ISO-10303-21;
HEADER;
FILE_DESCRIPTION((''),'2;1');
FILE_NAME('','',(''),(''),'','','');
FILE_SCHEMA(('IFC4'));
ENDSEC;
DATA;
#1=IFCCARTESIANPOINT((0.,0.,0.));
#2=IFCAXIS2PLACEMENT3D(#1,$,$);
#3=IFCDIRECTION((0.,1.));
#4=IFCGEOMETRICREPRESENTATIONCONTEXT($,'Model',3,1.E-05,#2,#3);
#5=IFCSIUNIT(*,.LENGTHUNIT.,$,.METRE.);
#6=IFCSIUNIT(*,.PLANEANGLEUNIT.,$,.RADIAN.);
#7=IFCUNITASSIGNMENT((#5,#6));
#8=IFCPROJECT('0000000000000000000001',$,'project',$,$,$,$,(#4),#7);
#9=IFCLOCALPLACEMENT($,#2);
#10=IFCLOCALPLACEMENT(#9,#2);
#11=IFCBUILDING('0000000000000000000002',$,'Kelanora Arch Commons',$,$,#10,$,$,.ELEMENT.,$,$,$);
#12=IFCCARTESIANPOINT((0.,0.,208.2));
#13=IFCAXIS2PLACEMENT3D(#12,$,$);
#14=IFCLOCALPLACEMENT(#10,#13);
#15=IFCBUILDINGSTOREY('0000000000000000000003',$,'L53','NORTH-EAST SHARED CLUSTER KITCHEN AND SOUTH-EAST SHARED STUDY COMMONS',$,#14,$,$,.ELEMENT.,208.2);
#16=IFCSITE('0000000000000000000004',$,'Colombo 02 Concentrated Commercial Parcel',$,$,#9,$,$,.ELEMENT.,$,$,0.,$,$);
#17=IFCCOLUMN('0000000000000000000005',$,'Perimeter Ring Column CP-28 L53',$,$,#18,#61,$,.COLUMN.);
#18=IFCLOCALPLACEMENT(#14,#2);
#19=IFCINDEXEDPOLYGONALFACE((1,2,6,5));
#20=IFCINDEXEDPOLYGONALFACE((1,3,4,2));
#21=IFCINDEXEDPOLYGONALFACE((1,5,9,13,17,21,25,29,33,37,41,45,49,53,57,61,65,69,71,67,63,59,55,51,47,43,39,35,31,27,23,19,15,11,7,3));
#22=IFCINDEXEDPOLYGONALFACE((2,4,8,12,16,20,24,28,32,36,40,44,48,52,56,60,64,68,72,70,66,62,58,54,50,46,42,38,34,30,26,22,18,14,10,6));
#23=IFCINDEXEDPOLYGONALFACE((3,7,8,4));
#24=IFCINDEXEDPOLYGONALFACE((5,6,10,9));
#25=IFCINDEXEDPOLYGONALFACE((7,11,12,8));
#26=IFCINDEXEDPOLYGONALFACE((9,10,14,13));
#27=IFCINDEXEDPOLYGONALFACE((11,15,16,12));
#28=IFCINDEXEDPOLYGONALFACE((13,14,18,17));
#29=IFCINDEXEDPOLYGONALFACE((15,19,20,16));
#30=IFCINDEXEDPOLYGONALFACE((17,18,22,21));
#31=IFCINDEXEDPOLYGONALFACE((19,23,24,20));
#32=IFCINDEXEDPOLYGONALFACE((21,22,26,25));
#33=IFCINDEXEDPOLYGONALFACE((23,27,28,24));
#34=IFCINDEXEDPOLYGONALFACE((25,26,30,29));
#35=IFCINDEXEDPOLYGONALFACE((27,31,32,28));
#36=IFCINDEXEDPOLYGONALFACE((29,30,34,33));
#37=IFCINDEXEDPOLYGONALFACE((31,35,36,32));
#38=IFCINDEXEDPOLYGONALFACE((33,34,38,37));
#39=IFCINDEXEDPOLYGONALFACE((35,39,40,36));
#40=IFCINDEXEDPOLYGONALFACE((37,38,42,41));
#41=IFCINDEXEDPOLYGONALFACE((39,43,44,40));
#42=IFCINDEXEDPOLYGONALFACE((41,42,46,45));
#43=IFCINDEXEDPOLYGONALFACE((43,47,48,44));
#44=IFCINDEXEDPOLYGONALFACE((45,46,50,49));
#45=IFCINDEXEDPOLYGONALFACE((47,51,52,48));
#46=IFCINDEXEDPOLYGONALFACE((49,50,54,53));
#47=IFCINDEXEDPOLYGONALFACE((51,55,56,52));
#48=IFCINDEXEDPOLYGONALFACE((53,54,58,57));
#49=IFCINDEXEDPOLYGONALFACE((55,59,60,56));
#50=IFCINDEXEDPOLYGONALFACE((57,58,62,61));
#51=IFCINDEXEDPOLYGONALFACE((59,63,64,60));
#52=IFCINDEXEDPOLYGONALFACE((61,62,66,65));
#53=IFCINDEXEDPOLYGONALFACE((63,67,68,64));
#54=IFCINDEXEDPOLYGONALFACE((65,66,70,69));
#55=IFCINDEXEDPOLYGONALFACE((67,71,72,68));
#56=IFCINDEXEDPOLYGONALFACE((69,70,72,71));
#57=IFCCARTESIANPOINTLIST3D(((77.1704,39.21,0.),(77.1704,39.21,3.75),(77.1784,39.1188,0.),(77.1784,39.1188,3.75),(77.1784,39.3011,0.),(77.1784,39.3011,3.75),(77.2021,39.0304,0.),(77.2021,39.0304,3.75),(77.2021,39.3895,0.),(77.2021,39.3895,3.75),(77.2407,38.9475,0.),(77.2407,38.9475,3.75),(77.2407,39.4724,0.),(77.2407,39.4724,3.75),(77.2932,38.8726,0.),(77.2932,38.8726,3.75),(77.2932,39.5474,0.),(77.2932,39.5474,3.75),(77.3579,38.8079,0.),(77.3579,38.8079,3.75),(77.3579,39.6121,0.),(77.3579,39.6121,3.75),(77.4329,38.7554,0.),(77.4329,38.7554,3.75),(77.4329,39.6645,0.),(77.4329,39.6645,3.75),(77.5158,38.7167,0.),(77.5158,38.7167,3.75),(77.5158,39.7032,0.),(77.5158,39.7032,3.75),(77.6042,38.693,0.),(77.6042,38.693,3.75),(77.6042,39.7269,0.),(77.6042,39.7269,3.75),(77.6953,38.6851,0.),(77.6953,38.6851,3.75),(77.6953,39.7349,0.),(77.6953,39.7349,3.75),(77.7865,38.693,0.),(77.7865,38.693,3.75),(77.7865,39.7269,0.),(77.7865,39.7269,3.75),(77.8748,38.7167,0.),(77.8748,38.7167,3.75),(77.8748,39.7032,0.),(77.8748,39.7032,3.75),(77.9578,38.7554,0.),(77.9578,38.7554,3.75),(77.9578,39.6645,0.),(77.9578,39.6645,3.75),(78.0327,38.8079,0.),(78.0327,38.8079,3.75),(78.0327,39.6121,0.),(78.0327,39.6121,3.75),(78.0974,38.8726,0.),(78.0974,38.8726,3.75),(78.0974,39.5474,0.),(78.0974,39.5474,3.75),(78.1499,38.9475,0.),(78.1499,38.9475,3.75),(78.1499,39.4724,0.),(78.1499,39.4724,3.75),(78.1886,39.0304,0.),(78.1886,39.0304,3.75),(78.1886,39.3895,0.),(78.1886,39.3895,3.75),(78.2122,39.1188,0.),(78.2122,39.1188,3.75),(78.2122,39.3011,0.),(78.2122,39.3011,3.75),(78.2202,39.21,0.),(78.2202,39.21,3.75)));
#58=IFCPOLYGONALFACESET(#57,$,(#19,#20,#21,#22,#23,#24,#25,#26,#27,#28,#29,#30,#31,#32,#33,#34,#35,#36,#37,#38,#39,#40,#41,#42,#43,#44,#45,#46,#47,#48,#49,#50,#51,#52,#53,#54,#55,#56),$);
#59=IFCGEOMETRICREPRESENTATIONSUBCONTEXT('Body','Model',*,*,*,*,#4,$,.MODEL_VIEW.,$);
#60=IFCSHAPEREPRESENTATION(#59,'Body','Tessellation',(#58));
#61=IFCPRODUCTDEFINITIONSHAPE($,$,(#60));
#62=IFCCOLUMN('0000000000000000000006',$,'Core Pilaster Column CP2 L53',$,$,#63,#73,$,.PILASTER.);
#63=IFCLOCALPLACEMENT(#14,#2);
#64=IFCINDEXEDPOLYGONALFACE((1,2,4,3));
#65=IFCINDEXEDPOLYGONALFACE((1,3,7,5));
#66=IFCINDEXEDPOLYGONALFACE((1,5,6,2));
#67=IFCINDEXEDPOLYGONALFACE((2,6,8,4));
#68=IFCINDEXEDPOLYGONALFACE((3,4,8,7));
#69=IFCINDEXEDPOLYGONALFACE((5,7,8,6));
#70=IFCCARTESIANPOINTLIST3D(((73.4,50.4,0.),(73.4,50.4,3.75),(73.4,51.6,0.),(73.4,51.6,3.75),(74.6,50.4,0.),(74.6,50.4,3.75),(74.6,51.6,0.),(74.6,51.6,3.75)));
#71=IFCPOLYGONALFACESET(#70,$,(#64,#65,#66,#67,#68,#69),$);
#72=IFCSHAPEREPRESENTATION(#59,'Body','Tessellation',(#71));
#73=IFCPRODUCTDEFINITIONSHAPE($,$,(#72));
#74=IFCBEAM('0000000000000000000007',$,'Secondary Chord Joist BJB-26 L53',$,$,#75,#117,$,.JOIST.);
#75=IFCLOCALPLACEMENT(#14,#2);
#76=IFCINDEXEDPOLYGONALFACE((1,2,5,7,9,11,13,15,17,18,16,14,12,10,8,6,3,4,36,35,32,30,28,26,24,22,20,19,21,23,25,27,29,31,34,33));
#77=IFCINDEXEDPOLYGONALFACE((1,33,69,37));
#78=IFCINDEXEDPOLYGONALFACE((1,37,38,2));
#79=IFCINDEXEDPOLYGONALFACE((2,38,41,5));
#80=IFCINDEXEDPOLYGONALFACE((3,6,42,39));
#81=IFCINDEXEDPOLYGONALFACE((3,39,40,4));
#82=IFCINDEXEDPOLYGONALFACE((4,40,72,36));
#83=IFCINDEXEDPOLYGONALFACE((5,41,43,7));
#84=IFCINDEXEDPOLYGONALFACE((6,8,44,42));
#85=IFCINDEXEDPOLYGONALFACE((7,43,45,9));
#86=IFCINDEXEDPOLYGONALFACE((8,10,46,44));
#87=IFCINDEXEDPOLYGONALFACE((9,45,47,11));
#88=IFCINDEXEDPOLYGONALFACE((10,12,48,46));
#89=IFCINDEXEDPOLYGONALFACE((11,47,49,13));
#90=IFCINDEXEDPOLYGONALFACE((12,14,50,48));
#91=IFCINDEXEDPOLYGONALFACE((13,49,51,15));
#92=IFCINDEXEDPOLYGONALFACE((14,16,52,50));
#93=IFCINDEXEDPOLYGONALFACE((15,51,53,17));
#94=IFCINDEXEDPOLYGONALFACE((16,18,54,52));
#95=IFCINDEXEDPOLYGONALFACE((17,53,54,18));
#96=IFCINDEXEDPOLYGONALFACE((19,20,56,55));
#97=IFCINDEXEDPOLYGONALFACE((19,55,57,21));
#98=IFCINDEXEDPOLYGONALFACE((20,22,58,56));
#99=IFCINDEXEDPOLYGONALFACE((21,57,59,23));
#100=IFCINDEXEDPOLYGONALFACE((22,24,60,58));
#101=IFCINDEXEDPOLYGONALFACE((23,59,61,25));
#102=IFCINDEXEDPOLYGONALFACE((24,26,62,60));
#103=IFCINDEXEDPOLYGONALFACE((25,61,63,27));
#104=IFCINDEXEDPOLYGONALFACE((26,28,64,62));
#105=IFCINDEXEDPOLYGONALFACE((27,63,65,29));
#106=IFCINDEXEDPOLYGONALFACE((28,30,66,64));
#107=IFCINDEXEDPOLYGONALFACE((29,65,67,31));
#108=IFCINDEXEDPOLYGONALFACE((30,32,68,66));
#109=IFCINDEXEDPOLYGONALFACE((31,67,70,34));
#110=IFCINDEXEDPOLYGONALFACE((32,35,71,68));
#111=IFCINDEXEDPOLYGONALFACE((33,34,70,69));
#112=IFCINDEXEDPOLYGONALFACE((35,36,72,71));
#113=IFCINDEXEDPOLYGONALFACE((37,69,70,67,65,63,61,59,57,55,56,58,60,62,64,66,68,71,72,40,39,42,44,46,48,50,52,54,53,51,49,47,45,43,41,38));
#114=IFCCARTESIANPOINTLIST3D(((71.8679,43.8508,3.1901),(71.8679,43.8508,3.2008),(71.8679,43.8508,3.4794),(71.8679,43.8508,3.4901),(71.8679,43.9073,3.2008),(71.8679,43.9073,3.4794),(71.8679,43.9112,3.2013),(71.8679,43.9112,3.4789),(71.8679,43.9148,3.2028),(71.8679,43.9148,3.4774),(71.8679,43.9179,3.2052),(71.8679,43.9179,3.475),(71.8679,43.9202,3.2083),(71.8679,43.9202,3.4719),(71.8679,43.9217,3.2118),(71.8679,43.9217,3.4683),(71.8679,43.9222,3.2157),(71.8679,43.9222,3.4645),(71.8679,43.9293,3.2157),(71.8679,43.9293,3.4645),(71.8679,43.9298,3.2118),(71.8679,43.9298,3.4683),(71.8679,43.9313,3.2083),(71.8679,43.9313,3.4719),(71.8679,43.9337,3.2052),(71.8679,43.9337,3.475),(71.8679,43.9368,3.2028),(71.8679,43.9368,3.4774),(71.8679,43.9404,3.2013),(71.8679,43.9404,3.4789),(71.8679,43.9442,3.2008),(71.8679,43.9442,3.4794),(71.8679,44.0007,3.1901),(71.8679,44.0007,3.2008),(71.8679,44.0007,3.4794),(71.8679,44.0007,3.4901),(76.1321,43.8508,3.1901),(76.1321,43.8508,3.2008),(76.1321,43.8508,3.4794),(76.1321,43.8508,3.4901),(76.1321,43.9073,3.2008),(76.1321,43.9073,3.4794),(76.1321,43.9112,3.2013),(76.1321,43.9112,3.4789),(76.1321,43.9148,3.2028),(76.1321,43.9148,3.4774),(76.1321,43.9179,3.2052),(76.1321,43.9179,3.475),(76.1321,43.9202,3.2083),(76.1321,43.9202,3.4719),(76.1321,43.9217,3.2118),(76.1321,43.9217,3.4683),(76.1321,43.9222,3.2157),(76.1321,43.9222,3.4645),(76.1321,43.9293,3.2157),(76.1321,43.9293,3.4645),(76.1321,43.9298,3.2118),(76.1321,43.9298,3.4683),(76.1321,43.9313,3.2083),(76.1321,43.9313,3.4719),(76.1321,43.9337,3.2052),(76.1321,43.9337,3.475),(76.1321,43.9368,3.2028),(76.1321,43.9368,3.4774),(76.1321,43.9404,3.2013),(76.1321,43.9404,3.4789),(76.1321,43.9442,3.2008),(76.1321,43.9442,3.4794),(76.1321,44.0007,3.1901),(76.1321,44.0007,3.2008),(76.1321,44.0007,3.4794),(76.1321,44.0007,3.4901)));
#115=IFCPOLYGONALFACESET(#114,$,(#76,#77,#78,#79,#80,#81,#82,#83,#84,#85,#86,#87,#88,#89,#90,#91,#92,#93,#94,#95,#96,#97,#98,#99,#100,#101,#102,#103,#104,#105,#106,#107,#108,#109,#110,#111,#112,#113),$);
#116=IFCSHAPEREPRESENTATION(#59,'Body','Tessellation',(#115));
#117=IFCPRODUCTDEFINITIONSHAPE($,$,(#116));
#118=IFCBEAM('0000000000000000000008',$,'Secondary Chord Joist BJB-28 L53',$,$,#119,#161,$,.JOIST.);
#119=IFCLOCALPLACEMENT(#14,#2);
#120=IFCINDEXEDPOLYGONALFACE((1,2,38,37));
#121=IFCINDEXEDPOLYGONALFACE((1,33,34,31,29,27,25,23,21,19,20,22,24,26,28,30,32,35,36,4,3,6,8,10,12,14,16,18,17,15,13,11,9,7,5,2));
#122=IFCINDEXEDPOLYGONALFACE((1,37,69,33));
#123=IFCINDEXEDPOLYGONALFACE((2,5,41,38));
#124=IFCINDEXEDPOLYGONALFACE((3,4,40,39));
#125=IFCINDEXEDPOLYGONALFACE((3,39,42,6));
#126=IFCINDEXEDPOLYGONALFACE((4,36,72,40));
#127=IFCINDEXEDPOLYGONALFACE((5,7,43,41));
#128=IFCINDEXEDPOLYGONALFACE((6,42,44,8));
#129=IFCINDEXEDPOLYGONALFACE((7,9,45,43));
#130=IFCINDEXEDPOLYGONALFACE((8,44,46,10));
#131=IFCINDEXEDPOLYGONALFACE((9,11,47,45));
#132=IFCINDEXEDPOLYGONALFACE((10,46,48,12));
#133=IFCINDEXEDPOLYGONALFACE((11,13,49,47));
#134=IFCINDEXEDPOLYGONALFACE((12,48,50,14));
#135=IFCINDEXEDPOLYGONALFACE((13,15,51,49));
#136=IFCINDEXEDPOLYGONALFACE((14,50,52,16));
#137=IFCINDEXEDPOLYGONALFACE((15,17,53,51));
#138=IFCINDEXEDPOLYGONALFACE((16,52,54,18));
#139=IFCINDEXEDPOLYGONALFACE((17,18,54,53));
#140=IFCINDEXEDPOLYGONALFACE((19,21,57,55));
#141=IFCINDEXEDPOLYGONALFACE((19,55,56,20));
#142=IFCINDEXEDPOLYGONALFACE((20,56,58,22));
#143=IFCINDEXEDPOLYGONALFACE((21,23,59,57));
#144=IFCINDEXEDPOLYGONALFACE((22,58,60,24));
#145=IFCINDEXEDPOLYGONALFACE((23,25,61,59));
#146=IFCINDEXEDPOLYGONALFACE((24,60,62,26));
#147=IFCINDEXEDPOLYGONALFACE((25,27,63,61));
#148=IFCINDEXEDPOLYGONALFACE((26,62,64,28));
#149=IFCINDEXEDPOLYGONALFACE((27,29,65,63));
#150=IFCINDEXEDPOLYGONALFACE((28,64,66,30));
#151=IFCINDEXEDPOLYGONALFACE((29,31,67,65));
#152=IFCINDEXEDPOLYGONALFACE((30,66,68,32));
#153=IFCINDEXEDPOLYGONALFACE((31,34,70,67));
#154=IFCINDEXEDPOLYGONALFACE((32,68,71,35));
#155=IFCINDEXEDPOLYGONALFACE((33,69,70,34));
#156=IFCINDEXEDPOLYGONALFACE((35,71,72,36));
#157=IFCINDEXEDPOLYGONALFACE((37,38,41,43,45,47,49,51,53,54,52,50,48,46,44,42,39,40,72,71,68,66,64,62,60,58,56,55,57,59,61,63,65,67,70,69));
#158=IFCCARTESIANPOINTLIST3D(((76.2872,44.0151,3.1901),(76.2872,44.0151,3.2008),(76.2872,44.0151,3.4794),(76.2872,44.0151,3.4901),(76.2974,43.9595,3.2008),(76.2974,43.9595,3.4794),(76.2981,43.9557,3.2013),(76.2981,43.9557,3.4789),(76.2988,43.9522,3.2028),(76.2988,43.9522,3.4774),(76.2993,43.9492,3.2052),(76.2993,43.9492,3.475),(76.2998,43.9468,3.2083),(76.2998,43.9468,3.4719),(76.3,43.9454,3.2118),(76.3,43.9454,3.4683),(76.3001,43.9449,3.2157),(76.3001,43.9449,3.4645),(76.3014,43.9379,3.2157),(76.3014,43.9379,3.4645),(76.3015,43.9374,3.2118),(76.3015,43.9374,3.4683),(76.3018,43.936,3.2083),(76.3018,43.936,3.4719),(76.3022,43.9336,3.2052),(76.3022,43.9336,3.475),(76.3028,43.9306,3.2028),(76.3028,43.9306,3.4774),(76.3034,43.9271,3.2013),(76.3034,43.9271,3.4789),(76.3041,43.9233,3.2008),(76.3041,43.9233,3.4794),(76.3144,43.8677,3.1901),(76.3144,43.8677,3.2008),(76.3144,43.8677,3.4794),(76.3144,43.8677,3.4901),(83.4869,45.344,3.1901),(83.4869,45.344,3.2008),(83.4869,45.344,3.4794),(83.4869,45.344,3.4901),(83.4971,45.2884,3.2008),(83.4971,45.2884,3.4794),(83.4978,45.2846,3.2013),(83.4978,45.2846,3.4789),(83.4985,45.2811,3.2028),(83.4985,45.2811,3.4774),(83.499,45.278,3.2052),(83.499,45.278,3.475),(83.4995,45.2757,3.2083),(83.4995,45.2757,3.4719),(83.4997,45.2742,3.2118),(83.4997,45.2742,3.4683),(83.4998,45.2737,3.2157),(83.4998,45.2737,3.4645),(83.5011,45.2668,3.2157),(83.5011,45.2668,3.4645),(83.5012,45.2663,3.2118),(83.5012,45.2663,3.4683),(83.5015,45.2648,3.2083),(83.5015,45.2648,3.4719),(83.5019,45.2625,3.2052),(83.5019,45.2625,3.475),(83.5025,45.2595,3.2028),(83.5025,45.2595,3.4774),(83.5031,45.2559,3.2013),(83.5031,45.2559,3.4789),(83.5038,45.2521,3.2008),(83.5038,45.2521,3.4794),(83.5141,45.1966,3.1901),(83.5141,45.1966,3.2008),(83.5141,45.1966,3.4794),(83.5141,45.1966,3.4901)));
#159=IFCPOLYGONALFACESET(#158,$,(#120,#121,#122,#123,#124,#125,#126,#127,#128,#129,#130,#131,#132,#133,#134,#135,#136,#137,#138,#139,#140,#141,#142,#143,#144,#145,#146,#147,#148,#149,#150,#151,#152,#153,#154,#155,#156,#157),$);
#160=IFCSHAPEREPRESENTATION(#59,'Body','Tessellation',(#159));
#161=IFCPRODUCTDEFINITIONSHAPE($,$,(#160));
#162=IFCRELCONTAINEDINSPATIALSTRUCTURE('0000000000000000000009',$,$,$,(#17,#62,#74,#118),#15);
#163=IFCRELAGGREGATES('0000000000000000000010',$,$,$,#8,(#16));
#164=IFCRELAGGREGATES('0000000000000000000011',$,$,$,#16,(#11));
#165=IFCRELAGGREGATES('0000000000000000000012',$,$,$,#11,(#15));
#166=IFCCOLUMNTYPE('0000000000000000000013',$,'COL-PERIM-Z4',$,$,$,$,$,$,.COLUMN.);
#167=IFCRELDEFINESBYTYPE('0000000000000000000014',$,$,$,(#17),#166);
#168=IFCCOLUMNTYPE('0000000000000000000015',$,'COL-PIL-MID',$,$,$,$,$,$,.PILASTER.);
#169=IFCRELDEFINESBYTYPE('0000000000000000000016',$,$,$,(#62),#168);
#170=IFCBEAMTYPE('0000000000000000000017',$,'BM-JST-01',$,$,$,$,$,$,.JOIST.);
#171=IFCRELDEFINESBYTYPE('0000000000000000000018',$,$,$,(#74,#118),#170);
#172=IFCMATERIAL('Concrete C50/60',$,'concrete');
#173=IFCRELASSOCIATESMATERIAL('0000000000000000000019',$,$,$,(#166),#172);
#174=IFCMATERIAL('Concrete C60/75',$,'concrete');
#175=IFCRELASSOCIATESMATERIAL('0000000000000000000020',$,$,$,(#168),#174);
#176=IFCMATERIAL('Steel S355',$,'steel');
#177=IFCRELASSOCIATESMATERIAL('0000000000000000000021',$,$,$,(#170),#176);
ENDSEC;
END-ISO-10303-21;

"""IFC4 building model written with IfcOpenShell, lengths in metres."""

from ifc_helpers import new_model, si_unit, direction, frame, origin, origin_2d, place, context, subcontext, project, spatial, rectangle, circle, i_section, extrude, material, material_profile, profile_set, type_object, element, save


model = new_model("IFC4")

# Units and contexts
model_context = context("Model", 3, precision=1e-05, world=origin(), true_north=direction((0.0, 1.0)))
body_context = subcontext(model_context, "Body", "Model", "MODEL_VIEW")
ifc_project = project(units=[si_unit("LENGTHUNIT", "METRE"), si_unit("PLANEANGLEUNIT", "RADIAN")], contexts=[model_context])

# Site, building, storey
site_placement = place(None, origin())
site = spatial("IfcSite", under=ifc_project, at=site_placement, Name="Colombo 02 Concentrated Commercial Parcel", CompositionType="ELEMENT", RefElevation=0.0)
building_placement = place(site_placement, origin())
building = spatial("IfcBuilding", under=site, at=building_placement, Name="Kelanora Arch Commons", CompositionType="ELEMENT")
storey_placement = place(building_placement, frame((0.0, 0.0, 208.2)))
storey = spatial("IfcBuildingStorey", under=building, at=storey_placement, Name="L53", Description="NORTH-EAST SHARED CLUSTER KITCHEN AND SOUTH-EAST SHARED STUDY COMMONS", CompositionType="ELEMENT", Elevation=208.2)

# Columns
ifc_material_1 = material(Name="Concrete C50/60", Category="concrete")
ifc_material_profile_1 = material_profile(ifc_material_1, circle(Radius=0.5249, at=origin_2d()), Name="RCC1050")
ifc_profile_set_1 = profile_set([ifc_material_profile_1], Name="Concrete C50/60")
column_type_1 = type_object("IfcColumnType", Name="COL-PERIM-Z4", PredefinedType="COLUMN", material=ifc_profile_set_1)
column_1_placement = place(storey_placement, frame((77.6953, 39.21, 0.0), z_axis=(0.0, 0.0, 1.0), x_axis=(1.0, 0.0, 0.0)))
element("IfcColumn", 1, at=column_1_placement, inside=storey, type_object=column_type_1, Name="Perimeter Ring Column CP-28 L53", PredefinedType="COLUMN", context=body_context, shape_type="SweptSolid", body=[
    extrude(circle(Radius=0.5249, at=origin_2d()), origin(), (0.0, 0.0, 1.0), 3.75),
])
ifc_material_2 = material(Name="Concrete C60/75", Category="concrete")
ifc_material_profile_2 = material_profile(ifc_material_2, rectangle(XDim=1.2, YDim=1.2, at=origin_2d()), Name="RC1200x1200")
ifc_profile_set_2 = profile_set([ifc_material_profile_2], Name="Concrete C60/75")
column_type_2 = type_object("IfcColumnType", Name="COL-PIL-MID", PredefinedType="PILASTER", material=ifc_profile_set_2)
column_2_placement = place(storey_placement, frame((74.0, 51.0, 0.0), z_axis=(0.0, 0.0, 1.0), x_axis=(1.0, 0.0, 0.0)))
element("IfcColumn", 2, at=column_2_placement, inside=storey, type_object=column_type_2, Name="Core Pilaster Column CP2 L53", PredefinedType="PILASTER", context=body_context, shape_type="SweptSolid", body=[
    extrude(rectangle(XDim=1.2, YDim=1.2, at=origin_2d()), origin(), (0.0, 0.0, 1.0), 3.75),
])

# Beams
ifc_material_3 = material(Name="Steel S355", Category="steel")
ifc_material_profile_3 = material_profile(ifc_material_3, i_section(OverallWidth=0.1499, OverallDepth=0.3, WebThickness=0.0071, FlangeThickness=0.0107, FilletRadius=0.0149, at=origin_2d()), Name="IPE300")
ifc_profile_set_3 = profile_set([ifc_material_profile_3], Name="Steel S355")
beam_type_1 = type_object("IfcBeamType", Name="BM-JST-01", PredefinedType="JOIST", material=ifc_profile_set_3)
beam_1_placement = place(storey_placement, frame((71.8679, 43.9258, 3.3401), z_axis=(1.0, 0.0, 0.0), x_axis=(0.0, 1.0, 0.0)))
element("IfcBeam", 3, at=beam_1_placement, inside=storey, type_object=beam_type_1, Name="Secondary Chord Joist BJB-26 L53", PredefinedType="JOIST", context=body_context, shape_type="SweptSolid", body=[
    extrude(i_section(OverallWidth=0.1499, OverallDepth=0.3, WebThickness=0.0071, FlangeThickness=0.0107, FilletRadius=0.0149, at=origin_2d()), origin(), (0.0, 0.0, 1.0), 4.2642),
])
beam_2_placement = place(storey_placement, frame((76.3008, 43.9414, 3.3401), z_axis=(0.98339, 0.181505, 0.0), x_axis=(-0.181505, 0.98339, 0.0)))
element("IfcBeam", 4, at=beam_2_placement, inside=storey, type_object=beam_type_1, Name="Secondary Chord Joist BJB-28 L53", PredefinedType="JOIST", context=body_context, shape_type="SweptSolid", body=[
    extrude(i_section(OverallWidth=0.1499, OverallDepth=0.3, WebThickness=0.0071, FlangeThickness=0.0107, FilletRadius=0.0149, at=origin_2d()), origin(), (0.0, 0.0, 1.0), 7.3213),
])

save(model, "model.ifc")
